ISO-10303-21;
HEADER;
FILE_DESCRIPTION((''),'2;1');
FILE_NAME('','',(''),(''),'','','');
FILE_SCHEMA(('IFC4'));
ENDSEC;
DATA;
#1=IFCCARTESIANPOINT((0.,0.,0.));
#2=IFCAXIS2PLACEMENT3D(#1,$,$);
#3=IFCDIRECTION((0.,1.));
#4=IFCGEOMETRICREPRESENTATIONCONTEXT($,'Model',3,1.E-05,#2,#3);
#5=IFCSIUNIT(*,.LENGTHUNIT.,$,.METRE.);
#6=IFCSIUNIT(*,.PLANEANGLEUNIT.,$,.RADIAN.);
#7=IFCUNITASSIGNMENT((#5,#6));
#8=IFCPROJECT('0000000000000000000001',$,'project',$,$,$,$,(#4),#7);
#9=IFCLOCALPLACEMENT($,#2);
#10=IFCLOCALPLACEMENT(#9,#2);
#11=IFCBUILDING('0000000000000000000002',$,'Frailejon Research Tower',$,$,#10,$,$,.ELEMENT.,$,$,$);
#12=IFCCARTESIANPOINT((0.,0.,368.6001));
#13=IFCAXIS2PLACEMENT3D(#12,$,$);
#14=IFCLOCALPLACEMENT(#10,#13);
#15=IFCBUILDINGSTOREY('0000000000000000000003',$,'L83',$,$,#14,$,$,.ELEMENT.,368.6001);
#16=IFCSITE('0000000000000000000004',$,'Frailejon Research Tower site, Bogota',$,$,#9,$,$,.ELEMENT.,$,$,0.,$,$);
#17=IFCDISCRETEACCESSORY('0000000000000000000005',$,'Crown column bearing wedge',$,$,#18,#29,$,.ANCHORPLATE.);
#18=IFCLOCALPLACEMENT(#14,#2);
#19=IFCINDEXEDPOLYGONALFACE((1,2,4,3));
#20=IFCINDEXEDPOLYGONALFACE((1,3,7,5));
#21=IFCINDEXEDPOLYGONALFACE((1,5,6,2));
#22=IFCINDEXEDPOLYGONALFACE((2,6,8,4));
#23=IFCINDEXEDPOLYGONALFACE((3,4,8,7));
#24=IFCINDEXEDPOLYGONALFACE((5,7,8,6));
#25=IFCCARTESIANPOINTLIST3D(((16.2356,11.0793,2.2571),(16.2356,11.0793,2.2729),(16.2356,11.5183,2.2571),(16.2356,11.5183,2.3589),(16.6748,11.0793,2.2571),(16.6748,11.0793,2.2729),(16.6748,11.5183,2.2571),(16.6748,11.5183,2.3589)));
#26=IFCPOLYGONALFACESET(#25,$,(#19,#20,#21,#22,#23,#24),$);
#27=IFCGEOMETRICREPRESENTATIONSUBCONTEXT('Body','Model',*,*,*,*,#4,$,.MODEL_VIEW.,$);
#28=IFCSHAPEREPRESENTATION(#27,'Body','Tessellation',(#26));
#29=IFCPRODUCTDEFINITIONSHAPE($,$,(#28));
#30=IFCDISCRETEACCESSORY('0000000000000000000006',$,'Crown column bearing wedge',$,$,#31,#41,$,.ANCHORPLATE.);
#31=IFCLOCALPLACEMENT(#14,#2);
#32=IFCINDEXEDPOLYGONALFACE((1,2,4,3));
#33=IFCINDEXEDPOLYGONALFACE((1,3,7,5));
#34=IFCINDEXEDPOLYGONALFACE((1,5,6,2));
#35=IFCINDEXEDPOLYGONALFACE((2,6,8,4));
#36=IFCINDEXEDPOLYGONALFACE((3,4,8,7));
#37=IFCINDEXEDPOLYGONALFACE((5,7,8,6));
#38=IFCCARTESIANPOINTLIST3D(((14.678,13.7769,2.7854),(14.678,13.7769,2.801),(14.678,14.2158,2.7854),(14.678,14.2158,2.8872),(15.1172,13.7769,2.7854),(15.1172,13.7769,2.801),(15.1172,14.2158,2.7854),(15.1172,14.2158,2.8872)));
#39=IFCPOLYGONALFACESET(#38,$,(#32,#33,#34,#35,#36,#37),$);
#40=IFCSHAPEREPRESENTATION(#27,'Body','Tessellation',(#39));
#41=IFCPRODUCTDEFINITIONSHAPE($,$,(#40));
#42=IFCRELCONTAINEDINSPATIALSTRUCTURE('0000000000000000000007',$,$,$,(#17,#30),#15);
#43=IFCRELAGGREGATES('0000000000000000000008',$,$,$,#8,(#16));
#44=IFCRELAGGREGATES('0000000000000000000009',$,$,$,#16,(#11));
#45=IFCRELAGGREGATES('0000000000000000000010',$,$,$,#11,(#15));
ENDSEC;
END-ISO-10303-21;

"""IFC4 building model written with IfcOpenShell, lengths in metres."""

from ifc_helpers import new_model, si_unit, direction, frame, origin, place, context, subcontext, project, spatial, polyline, outline, extrude, element, save


model = new_model("IFC4")

# Units and contexts
model_context = context("Model", 3, precision=1e-05, world=origin(), true_north=direction((0.0, 1.0)))
body_context = subcontext(model_context, "Body", "Model", "MODEL_VIEW")
ifc_project = project(units=[si_unit("LENGTHUNIT", "METRE"), si_unit("PLANEANGLEUNIT", "RADIAN")], contexts=[model_context])

# Site, building, storey
site_placement = place(None, origin())
site = spatial("IfcSite", under=ifc_project, at=site_placement, Name="Frailejon Research Tower site, Bogota", CompositionType="ELEMENT", RefElevation=0.0)
building_placement = place(site_placement, origin())
building = spatial("IfcBuilding", under=site, at=building_placement, Name="Frailejon Research Tower", CompositionType="ELEMENT")
storey_placement = place(building_placement, frame((0.0, 0.0, 368.6001)))
storey = spatial("IfcBuildingStorey", under=building, at=storey_placement, Name="L83", CompositionType="ELEMENT", Elevation=368.6001)

# Discrete accessories
discrete_accessory_1_placement = place(storey_placement, frame((16.2356, 11.2988, 2.2571), z_axis=(1.0, 0.0, 0.0), x_axis=(0.0, 1.0, 0.0)))
element("IfcDiscreteAccessory", 1, at=discrete_accessory_1_placement, inside=storey, Name="Crown column bearing wedge", PredefinedType="ANCHORPLATE", context=body_context, shape_type="SweptSolid", body=[
    extrude(outline(polyline([(-0.2195, 0.0), (0.2195, 0.0), (0.2195, 0.1018), (-0.2195, 0.0159), (-0.2195, 0.0)])), origin(), (0.0, 0.0, 1.0), 0.4392),
])
discrete_accessory_2_placement = place(storey_placement, frame((14.678, 13.9963, 2.7854), z_axis=(1.0, 0.0, 0.0), x_axis=(0.0, 1.0, 0.0)))
element("IfcDiscreteAccessory", 2, at=discrete_accessory_2_placement, inside=storey, Name="Crown column bearing wedge", PredefinedType="ANCHORPLATE", context=body_context, shape_type="SweptSolid", body=[
    extrude(outline(polyline([(-0.2195, 0.0), (0.2195, 0.0), (0.2195, 0.1018), (-0.2195, 0.0156), (-0.2195, 0.0)])), origin(), (0.0, 0.0, 1.0), 0.4392),
])

save(model, "model.ifc")
